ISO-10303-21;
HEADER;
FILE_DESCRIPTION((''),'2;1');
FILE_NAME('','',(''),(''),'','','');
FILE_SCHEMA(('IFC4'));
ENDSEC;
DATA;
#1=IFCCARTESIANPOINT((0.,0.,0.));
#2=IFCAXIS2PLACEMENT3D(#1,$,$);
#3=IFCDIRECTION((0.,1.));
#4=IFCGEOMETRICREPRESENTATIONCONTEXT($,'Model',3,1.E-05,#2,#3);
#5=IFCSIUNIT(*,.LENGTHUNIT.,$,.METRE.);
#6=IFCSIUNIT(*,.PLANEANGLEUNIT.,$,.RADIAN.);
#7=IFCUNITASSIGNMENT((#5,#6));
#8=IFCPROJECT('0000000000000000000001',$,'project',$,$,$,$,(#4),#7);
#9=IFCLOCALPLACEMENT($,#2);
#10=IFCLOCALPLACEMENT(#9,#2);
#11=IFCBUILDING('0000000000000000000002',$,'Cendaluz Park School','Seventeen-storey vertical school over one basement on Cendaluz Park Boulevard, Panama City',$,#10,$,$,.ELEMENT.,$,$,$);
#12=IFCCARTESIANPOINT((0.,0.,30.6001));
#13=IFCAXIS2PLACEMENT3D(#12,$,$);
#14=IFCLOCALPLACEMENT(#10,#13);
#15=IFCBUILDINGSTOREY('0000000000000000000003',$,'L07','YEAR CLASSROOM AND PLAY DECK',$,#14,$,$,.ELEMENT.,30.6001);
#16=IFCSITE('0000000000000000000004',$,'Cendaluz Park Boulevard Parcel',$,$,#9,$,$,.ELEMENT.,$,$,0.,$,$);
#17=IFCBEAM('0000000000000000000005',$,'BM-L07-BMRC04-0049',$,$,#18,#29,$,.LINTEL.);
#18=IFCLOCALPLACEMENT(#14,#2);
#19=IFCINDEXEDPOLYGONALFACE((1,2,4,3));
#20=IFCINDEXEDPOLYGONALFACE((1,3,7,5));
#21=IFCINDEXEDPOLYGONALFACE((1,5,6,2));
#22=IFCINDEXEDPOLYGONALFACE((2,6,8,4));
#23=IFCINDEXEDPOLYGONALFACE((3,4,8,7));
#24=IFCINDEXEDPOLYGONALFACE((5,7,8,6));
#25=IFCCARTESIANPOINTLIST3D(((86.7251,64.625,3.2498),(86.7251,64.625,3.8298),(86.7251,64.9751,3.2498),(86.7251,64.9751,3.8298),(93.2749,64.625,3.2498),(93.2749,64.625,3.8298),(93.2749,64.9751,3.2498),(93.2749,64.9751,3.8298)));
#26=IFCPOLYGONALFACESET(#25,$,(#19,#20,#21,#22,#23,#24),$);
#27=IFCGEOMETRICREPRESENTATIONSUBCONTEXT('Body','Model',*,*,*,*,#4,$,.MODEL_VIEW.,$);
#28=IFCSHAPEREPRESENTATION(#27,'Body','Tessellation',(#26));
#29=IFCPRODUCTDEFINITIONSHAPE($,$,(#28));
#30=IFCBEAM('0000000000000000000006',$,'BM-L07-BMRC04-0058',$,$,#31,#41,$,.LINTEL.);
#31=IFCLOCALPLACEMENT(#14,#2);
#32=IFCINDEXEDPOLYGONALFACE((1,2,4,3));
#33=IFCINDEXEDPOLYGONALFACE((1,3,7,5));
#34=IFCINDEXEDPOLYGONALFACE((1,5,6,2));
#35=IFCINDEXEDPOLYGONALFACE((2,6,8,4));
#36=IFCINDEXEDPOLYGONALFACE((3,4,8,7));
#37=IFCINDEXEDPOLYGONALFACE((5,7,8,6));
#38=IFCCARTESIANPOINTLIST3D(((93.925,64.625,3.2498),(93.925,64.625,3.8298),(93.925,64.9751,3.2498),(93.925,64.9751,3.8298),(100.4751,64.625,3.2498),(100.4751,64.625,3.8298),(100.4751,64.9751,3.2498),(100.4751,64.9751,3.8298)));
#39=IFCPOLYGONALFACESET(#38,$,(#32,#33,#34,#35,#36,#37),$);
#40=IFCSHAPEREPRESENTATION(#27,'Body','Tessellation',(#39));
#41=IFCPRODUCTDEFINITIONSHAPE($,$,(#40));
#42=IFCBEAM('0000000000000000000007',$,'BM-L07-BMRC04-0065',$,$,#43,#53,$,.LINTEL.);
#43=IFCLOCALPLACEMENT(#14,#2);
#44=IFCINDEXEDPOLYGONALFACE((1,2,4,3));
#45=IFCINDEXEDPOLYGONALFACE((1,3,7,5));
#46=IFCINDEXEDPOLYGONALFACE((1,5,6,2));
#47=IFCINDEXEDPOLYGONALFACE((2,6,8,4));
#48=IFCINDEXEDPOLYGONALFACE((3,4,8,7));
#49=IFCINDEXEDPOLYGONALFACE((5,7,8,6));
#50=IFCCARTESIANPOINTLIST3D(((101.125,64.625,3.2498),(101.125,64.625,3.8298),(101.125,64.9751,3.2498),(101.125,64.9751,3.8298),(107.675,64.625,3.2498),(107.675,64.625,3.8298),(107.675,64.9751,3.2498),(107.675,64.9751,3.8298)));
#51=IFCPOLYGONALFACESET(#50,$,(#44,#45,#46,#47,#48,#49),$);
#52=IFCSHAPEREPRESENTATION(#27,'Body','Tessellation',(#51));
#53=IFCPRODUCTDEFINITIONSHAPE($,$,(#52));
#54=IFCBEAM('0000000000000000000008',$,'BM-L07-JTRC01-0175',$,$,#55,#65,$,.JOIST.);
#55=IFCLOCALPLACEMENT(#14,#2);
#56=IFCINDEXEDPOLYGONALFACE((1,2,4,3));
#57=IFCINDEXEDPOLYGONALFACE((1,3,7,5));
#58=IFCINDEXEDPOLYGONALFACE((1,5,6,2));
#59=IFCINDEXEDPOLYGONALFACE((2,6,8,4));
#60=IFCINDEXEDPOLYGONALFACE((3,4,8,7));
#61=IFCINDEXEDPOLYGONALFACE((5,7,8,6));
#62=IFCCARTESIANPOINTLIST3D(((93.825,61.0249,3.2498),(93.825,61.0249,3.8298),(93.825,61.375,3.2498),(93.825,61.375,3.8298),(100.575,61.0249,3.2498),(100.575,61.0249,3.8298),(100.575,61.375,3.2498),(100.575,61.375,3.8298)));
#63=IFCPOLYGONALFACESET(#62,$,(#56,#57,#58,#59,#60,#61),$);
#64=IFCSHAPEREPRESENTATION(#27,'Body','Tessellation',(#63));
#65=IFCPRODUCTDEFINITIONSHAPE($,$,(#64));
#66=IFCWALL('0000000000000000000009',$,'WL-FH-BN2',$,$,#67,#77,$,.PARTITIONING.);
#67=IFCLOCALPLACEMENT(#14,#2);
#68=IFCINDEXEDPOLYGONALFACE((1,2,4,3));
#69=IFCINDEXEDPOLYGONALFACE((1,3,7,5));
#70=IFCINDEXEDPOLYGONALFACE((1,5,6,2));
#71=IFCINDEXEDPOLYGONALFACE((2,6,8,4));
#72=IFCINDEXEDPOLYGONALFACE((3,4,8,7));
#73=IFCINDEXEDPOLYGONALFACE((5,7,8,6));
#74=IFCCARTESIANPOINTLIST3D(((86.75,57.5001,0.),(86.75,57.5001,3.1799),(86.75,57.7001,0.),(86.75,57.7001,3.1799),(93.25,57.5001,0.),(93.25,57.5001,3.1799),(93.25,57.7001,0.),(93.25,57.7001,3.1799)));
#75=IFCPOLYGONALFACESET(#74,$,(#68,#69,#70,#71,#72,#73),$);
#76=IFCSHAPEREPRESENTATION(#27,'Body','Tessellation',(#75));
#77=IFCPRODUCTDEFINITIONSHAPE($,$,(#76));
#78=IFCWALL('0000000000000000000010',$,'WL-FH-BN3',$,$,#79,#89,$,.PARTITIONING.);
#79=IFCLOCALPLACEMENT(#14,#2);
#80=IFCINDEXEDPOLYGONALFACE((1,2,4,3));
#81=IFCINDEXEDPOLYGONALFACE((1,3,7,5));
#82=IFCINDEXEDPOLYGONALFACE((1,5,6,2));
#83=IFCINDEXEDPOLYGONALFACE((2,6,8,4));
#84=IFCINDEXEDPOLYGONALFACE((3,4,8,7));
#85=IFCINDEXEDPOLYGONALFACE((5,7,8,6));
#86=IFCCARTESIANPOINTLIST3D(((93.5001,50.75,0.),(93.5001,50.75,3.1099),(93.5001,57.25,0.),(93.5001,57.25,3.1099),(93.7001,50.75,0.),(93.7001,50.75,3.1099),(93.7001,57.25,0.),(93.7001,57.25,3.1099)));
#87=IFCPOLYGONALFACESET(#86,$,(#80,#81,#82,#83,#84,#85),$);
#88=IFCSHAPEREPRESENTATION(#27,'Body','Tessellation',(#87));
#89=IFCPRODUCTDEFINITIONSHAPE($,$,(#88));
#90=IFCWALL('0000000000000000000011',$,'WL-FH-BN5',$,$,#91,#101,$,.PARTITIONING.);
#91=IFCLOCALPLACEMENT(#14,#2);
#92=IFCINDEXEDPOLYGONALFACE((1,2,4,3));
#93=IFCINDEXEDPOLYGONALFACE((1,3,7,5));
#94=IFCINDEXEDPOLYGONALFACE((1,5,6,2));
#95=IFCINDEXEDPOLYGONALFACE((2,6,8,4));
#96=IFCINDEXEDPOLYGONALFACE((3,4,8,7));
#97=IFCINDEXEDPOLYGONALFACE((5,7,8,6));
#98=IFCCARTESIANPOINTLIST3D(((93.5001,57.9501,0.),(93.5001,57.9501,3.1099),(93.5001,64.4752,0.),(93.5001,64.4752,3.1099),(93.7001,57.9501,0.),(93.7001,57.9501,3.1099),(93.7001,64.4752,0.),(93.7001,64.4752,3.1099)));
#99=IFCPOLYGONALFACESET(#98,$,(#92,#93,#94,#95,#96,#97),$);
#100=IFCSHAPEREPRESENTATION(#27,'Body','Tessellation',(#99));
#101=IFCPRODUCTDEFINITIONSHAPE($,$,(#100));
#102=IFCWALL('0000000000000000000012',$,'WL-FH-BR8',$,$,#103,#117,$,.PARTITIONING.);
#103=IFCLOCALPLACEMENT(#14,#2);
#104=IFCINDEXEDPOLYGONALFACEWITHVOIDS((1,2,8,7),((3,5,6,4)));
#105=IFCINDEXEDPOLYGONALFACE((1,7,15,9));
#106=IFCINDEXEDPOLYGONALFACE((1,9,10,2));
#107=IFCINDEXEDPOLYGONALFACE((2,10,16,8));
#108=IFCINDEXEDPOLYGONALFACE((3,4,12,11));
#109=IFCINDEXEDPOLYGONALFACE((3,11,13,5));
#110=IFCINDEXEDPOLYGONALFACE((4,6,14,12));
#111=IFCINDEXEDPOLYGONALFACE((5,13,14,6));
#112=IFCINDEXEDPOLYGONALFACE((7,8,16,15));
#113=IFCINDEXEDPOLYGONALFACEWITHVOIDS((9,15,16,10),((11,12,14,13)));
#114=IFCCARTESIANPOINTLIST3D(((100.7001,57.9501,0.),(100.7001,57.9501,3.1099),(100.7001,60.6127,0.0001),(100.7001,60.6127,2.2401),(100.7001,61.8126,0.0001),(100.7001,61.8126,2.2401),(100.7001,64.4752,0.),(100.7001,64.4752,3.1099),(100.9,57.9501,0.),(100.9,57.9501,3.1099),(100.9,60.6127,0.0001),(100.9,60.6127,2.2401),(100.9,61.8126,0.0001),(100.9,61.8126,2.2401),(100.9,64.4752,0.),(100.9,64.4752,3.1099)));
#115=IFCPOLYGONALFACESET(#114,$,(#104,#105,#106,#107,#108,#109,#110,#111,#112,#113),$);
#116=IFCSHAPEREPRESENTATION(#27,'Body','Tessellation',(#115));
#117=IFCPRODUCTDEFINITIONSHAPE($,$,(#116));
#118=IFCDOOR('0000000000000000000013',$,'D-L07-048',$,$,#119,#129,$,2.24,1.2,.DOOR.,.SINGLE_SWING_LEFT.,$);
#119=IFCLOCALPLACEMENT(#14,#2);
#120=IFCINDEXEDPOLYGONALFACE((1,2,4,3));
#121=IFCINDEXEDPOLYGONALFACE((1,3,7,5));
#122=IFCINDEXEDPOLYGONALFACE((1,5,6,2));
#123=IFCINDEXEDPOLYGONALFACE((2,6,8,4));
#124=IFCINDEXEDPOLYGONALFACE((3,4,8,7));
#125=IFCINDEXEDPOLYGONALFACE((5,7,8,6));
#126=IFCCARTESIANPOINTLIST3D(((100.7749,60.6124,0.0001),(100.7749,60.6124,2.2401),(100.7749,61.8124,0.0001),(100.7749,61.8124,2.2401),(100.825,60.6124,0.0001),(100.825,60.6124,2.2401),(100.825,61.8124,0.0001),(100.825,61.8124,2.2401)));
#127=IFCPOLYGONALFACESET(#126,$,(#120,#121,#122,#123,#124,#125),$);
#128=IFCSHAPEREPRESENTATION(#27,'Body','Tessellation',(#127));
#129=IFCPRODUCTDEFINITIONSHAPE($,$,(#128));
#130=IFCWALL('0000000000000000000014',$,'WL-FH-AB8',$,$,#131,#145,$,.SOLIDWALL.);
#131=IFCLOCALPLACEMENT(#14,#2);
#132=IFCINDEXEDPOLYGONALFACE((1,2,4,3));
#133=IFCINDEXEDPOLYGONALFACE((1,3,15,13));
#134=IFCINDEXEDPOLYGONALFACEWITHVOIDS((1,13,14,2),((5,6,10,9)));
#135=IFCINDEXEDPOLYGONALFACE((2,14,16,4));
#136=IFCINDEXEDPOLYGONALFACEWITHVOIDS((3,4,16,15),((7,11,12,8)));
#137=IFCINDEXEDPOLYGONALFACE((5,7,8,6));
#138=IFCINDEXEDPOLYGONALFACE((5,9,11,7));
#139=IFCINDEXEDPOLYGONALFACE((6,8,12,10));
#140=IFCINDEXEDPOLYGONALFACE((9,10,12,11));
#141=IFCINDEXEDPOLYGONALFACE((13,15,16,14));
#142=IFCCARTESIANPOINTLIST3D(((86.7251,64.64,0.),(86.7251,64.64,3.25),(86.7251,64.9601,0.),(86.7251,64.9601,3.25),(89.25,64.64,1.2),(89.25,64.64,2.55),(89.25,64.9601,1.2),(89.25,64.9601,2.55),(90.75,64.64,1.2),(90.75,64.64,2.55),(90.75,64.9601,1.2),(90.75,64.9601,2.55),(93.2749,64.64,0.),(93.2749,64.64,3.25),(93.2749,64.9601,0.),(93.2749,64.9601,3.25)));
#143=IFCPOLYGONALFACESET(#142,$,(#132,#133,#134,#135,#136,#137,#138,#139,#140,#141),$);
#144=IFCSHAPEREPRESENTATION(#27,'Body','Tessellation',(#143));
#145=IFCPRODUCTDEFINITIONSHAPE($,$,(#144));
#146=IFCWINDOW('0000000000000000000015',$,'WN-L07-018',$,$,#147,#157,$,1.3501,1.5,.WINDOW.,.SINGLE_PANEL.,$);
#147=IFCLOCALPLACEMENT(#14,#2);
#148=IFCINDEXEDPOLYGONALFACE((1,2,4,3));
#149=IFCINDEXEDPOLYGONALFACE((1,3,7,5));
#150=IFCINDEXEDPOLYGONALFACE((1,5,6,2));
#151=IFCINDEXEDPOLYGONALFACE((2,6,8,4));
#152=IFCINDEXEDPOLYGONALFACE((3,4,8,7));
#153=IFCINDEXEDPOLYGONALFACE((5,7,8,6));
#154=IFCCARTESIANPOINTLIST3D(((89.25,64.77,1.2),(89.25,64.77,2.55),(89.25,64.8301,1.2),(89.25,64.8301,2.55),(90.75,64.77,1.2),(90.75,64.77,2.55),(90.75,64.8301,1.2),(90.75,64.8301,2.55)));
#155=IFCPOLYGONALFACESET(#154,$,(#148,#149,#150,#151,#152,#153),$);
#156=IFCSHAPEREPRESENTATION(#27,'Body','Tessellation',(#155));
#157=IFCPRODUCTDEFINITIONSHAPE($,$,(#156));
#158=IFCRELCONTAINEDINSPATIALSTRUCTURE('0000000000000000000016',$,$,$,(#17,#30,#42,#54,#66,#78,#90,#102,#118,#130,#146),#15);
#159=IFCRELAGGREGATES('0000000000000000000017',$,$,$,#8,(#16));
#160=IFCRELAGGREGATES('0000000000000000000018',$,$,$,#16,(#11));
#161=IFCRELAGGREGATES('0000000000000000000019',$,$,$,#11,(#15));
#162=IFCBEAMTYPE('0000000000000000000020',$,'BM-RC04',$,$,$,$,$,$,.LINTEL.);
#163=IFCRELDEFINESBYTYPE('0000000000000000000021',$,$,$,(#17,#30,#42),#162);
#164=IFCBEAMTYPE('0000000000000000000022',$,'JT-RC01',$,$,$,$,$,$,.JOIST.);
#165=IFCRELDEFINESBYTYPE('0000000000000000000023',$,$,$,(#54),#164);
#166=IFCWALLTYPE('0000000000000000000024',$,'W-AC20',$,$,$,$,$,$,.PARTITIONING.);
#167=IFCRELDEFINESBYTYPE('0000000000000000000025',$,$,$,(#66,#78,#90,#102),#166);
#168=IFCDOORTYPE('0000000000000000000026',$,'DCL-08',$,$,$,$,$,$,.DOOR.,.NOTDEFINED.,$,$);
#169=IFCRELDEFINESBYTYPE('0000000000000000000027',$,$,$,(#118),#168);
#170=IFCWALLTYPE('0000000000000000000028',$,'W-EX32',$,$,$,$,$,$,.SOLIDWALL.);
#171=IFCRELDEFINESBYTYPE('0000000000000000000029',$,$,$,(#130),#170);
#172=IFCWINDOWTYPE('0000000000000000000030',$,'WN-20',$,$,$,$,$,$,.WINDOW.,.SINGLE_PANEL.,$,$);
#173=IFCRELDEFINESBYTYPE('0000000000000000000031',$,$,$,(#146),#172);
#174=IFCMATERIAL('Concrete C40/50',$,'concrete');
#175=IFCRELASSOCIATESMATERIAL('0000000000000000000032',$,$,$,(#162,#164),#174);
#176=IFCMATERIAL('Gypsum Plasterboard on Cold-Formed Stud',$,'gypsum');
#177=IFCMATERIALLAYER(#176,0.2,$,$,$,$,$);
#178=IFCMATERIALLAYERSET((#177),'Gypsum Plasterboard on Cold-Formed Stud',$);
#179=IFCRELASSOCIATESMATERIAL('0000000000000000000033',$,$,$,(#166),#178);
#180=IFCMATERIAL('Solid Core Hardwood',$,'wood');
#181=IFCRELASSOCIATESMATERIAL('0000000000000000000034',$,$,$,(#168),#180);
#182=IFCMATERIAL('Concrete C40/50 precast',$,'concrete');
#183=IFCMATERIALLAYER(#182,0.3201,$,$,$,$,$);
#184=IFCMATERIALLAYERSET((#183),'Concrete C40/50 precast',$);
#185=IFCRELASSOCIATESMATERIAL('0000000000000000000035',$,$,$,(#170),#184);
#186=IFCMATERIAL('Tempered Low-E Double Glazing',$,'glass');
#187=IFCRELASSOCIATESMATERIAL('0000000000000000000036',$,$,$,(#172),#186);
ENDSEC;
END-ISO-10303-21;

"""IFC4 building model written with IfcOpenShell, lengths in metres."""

from ifc_helpers import new_model, si_unit, direction, frame, frame_2d, origin, origin_2d, place, context, subcontext, project, spatial, rectangle, extrude, material, layer, layer_set, material_profile, profile_set, type_object, element, fill, save


model = new_model("IFC4")

# Units and contexts
model_context = context("Model", 3, precision=1e-05, world=origin(), true_north=direction((0.0, 1.0)))
body_context = subcontext(model_context, "Body", "Model", "MODEL_VIEW")
ifc_project = project(units=[si_unit("LENGTHUNIT", "METRE"), si_unit("PLANEANGLEUNIT", "RADIAN")], contexts=[model_context])

# Site, building, storey
site_placement = place(None, origin())
site = spatial("IfcSite", under=ifc_project, at=site_placement, Name="Cendaluz Park Boulevard Parcel", CompositionType="ELEMENT", RefElevation=0.0)
building_placement = place(site_placement, origin())
building = spatial("IfcBuilding", under=site, at=building_placement, Name="Cendaluz Park School", Description="Seventeen-storey vertical school over one basement on Cendaluz Park Boulevard, Panama City", CompositionType="ELEMENT")
storey_placement = place(building_placement, frame((0.0, 0.0, 30.6001)))
storey = spatial("IfcBuildingStorey", under=building, at=storey_placement, Name="L07", Description="YEAR CLASSROOM AND PLAY DECK", CompositionType="ELEMENT", Elevation=30.6001)

# Shared definitions
ifc_material_1 = material(Name="Concrete C40/50", Category="concrete")

# Beams
ifc_material_profile_1 = material_profile(ifc_material_1, rectangle(XDim=0.3501, YDim=0.5801, at=origin_2d()), Name="RC 350x580", Category="concrete")
ifc_profile_set_1 = profile_set([ifc_material_profile_1], Name="Concrete C40/50")
beam_type_1 = type_object("IfcBeamType", Name="BM-RC04", PredefinedType="LINTEL", material=ifc_profile_set_1)
beam_1_placement = place(storey_placement, frame((86.7251, 64.8, 3.5398), z_axis=(1.0, 0.0, 0.0), x_axis=(0.0, 1.0, 0.0)))
element("IfcBeam", 1, at=beam_1_placement, inside=storey, type_object=beam_type_1, Name="BM-L07-BMRC04-0049", PredefinedType="LINTEL", context=body_context, shape_type="SweptSolid", body=[
    extrude(rectangle(XDim=0.3501, YDim=0.5801, at=origin_2d()), origin(), (0.0, 0.0, 1.0), 6.5498),
])
for number, where, z_axis, x_axis, name in (
    (2, (93.925, 64.8, 3.5398), (1.0, 0.0, 0.0), (0.0, 1.0, 0.0), "BM-L07-BMRC04-0058"),
    (3, (101.125, 64.8, 3.5398), (1.0, 0.0, 0.0), (0.0, 1.0, 0.0), "BM-L07-BMRC04-0065"),
):
    element("IfcBeam", number, at=place(storey_placement, frame(where, z_axis=z_axis, x_axis=x_axis)), inside=storey, type_object=beam_type_1, Name=name, PredefinedType="LINTEL", context=body_context, shape_type="SweptSolid", body=[
        extrude(rectangle(XDim=0.3501, YDim=0.5801, at=origin_2d()), origin(), (0.0, 0.0, 1.0), 6.55),
    ])
ifc_material_profile_2 = material_profile(ifc_material_1, rectangle(XDim=0.3501, YDim=0.5801, at=origin_2d()), Name="RC 350x580", Category="concrete")
ifc_profile_set_2 = profile_set([ifc_material_profile_2], Name="Concrete C40/50")
beam_type_2 = type_object("IfcBeamType", Name="JT-RC01", PredefinedType="JOIST", material=ifc_profile_set_2)
beam_2_placement = place(storey_placement, frame((93.825, 61.2, 3.5398), z_axis=(1.0, 0.0, 0.0), x_axis=(0.0, 1.0, 0.0)))
element("IfcBeam", 4, at=beam_2_placement, inside=storey, type_object=beam_type_2, Name="BM-L07-JTRC01-0175", PredefinedType="JOIST", context=body_context, shape_type="SweptSolid", body=[
    extrude(rectangle(XDim=0.3501, YDim=0.5801, at=origin_2d()), origin(), (0.0, 0.0, 1.0), 6.75),
])

# Walls
ifc_material_2 = material(Name="Gypsum Plasterboard on Cold-Formed Stud", Category="gypsum")
ifc_layer_1 = layer(ifc_material_2, 0.2)
ifc_layer_set_1 = layer_set([ifc_layer_1], Name="Gypsum Plasterboard on Cold-Formed Stud")
wall_type_1 = type_object("IfcWallType", Name="W-AC20", PredefinedType="PARTITIONING", material=ifc_layer_set_1)
wall_1_placement = place(storey_placement, frame((86.75, 57.6001, 0.0), z_axis=(0.0, 0.0, 1.0), x_axis=(1.0, 0.0, 0.0)))
element("IfcWall", 5, at=wall_1_placement, inside=storey, type_object=wall_type_1, Name="WL-FH-BN2", PredefinedType="PARTITIONING", context=body_context, shape_type="SweptSolid", body=[
    extrude(rectangle(XDim=6.5, YDim=0.2, at=frame_2d((3.25, 0.0))), origin(), (0.0, 0.0, 1.0), 3.1799),
])
wall_2_placement = place(storey_placement, frame((93.6001, 50.75, 0.0), z_axis=(0.0, 0.0, 1.0), x_axis=(0.0, 1.0, 0.0)))
element("IfcWall", 6, at=wall_2_placement, inside=storey, type_object=wall_type_1, Name="WL-FH-BN3", PredefinedType="PARTITIONING", context=body_context, shape_type="SweptSolid", body=[
    extrude(rectangle(XDim=6.5, YDim=0.2, at=frame_2d((3.25, 0.0))), origin(), (0.0, 0.0, 1.0), 3.1099),
])
wall_3_placement = place(storey_placement, frame((93.6001, 57.95, 0.0), z_axis=(0.0, 0.0, 1.0), x_axis=(0.0, 1.0, 0.0)))
element("IfcWall", 7, at=wall_3_placement, inside=storey, type_object=wall_type_1, Name="WL-FH-BN5", PredefinedType="PARTITIONING", context=body_context, shape_type="SweptSolid", body=[
    extrude(rectangle(XDim=6.5251, YDim=0.2, at=frame_2d((3.2627, 0.0))), origin(), (0.0, 0.0, 1.0), 3.1099),
])

# Wall, opening, door
wall_4_placement = place(storey_placement, frame((100.8, 57.95, 0.0), z_axis=(0.0, 0.0, 1.0), x_axis=(0.0, 1.0, 0.0)))
wall_4 = element("IfcWall", 8, at=wall_4_placement, inside=storey, type_object=wall_type_1, Name="WL-FH-BR8", PredefinedType="PARTITIONING", context=body_context, shape_type="SweptSolid", body=[
    extrude(rectangle(XDim=6.5251, YDim=0.2, at=frame_2d((3.2627, 0.0))), origin(), (0.0, 0.0, 1.0), 3.1099),
])
opening_1_placement = place(wall_4_placement, frame((2.6626, 0.0, 0.0)))
opening_1 = element("IfcOpeningElement", 9, at=opening_1_placement, cuts=wall_4, PredefinedType="OPENING", context=body_context, shape_type="SweptSolid", body=[
    extrude(rectangle(XDim=1.2, YDim=2.24, at=frame_2d((0.6001, 1.1201))), frame((0.0, 0.1121, 0.0), z_axis=(0.0, -1.0, 0.0), x_axis=(1.0, 0.0, 0.0)), (0.0, 0.0, 1.0), 0.2239),
])
ifc_material_3 = material(Name="Solid Core Hardwood", Category="wood")
door_type_1 = type_object("IfcDoorType", Name="DCL-08", OperationType="NOTDEFINED", PredefinedType="DOOR", material=ifc_material_3)
door_1_placement = place(opening_1_placement, frame((1.2, 0.0, 0.0), z_axis=(0.0, 0.0, 1.0), x_axis=(-1.0, 0.0, 0.0)))
door_1 = element("IfcDoor", 10, at=door_1_placement, inside=storey, type_object=door_type_1, Name="D-L07-048", OperationType="SINGLE_SWING_LEFT", OverallHeight=2.24, OverallWidth=1.2, PredefinedType="DOOR", context=body_context, shape_type="SweptSolid", body=[
    extrude(rectangle(XDim=1.2, YDim=2.24, at=frame_2d((0.6001, 1.1201))), frame((0.0, 0.0249, 0.0), z_axis=(0.0, -1.0, 0.0), x_axis=(1.0, 0.0, 0.0)), (0.0, 0.0, 1.0), 0.05),
])
fill(opening_1, door_1)

# Wall, opening, window
ifc_material_4 = material(Name="Concrete C40/50 precast", Category="concrete")
ifc_layer_2 = layer(ifc_material_4, 0.3201)
ifc_layer_set_2 = layer_set([ifc_layer_2], Name="Concrete C40/50 precast")
wall_type_2 = type_object("IfcWallType", Name="W-EX32", PredefinedType="SOLIDWALL", material=ifc_layer_set_2)
wall_5_placement = place(storey_placement, frame((86.7251, 64.8, 0.0), z_axis=(0.0, 0.0, 1.0), x_axis=(1.0, 0.0, 0.0)))
wall_5 = element("IfcWall", 11, at=wall_5_placement, inside=storey, type_object=wall_type_2, Name="WL-FH-AB8", PredefinedType="SOLIDWALL", context=body_context, shape_type="SweptSolid", body=[
    extrude(rectangle(XDim=6.5498, YDim=0.3201, at=frame_2d((3.2749, 0.0))), origin(), (0.0, 0.0, 1.0), 3.25),
])
opening_2_placement = place(wall_5_placement, frame((2.5249, 0.0, 1.2)))
opening_2 = element("IfcOpeningElement", 12, at=opening_2_placement, cuts=wall_5, PredefinedType="OPENING", context=body_context, shape_type="SweptSolid", body=[
    extrude(rectangle(XDim=1.5, YDim=1.3501, at=frame_2d((0.75, 0.675))), frame((0.0, 0.1721, 0.0), z_axis=(0.0, -1.0, 0.0), x_axis=(1.0, 0.0, 0.0)), (0.0, 0.0, 1.0), 0.344),
])
ifc_material_5 = material(Name="Tempered Low-E Double Glazing", Category="glass")
window_type_1 = type_object("IfcWindowType", Name="WN-20", PartitioningType="SINGLE_PANEL", PredefinedType="WINDOW", material=ifc_material_5)
window_1_placement = place(opening_2_placement, origin())
window_1 = element("IfcWindow", 13, at=window_1_placement, inside=storey, type_object=window_type_1, Name="WN-L07-018", OverallHeight=1.3501, OverallWidth=1.5, PartitioningType="SINGLE_PANEL", PredefinedType="WINDOW", context=body_context, shape_type="SweptSolid", body=[
    extrude(rectangle(XDim=1.5, YDim=1.3501, at=frame_2d((0.75, 0.675))), frame((0.0, 0.03, 0.0), z_axis=(0.0, -1.0, 0.0), x_axis=(1.0, 0.0, 0.0)), (0.0, 0.0, 1.0), 0.0601),
])
fill(opening_2, window_1)

save(model, "model.ifc")
